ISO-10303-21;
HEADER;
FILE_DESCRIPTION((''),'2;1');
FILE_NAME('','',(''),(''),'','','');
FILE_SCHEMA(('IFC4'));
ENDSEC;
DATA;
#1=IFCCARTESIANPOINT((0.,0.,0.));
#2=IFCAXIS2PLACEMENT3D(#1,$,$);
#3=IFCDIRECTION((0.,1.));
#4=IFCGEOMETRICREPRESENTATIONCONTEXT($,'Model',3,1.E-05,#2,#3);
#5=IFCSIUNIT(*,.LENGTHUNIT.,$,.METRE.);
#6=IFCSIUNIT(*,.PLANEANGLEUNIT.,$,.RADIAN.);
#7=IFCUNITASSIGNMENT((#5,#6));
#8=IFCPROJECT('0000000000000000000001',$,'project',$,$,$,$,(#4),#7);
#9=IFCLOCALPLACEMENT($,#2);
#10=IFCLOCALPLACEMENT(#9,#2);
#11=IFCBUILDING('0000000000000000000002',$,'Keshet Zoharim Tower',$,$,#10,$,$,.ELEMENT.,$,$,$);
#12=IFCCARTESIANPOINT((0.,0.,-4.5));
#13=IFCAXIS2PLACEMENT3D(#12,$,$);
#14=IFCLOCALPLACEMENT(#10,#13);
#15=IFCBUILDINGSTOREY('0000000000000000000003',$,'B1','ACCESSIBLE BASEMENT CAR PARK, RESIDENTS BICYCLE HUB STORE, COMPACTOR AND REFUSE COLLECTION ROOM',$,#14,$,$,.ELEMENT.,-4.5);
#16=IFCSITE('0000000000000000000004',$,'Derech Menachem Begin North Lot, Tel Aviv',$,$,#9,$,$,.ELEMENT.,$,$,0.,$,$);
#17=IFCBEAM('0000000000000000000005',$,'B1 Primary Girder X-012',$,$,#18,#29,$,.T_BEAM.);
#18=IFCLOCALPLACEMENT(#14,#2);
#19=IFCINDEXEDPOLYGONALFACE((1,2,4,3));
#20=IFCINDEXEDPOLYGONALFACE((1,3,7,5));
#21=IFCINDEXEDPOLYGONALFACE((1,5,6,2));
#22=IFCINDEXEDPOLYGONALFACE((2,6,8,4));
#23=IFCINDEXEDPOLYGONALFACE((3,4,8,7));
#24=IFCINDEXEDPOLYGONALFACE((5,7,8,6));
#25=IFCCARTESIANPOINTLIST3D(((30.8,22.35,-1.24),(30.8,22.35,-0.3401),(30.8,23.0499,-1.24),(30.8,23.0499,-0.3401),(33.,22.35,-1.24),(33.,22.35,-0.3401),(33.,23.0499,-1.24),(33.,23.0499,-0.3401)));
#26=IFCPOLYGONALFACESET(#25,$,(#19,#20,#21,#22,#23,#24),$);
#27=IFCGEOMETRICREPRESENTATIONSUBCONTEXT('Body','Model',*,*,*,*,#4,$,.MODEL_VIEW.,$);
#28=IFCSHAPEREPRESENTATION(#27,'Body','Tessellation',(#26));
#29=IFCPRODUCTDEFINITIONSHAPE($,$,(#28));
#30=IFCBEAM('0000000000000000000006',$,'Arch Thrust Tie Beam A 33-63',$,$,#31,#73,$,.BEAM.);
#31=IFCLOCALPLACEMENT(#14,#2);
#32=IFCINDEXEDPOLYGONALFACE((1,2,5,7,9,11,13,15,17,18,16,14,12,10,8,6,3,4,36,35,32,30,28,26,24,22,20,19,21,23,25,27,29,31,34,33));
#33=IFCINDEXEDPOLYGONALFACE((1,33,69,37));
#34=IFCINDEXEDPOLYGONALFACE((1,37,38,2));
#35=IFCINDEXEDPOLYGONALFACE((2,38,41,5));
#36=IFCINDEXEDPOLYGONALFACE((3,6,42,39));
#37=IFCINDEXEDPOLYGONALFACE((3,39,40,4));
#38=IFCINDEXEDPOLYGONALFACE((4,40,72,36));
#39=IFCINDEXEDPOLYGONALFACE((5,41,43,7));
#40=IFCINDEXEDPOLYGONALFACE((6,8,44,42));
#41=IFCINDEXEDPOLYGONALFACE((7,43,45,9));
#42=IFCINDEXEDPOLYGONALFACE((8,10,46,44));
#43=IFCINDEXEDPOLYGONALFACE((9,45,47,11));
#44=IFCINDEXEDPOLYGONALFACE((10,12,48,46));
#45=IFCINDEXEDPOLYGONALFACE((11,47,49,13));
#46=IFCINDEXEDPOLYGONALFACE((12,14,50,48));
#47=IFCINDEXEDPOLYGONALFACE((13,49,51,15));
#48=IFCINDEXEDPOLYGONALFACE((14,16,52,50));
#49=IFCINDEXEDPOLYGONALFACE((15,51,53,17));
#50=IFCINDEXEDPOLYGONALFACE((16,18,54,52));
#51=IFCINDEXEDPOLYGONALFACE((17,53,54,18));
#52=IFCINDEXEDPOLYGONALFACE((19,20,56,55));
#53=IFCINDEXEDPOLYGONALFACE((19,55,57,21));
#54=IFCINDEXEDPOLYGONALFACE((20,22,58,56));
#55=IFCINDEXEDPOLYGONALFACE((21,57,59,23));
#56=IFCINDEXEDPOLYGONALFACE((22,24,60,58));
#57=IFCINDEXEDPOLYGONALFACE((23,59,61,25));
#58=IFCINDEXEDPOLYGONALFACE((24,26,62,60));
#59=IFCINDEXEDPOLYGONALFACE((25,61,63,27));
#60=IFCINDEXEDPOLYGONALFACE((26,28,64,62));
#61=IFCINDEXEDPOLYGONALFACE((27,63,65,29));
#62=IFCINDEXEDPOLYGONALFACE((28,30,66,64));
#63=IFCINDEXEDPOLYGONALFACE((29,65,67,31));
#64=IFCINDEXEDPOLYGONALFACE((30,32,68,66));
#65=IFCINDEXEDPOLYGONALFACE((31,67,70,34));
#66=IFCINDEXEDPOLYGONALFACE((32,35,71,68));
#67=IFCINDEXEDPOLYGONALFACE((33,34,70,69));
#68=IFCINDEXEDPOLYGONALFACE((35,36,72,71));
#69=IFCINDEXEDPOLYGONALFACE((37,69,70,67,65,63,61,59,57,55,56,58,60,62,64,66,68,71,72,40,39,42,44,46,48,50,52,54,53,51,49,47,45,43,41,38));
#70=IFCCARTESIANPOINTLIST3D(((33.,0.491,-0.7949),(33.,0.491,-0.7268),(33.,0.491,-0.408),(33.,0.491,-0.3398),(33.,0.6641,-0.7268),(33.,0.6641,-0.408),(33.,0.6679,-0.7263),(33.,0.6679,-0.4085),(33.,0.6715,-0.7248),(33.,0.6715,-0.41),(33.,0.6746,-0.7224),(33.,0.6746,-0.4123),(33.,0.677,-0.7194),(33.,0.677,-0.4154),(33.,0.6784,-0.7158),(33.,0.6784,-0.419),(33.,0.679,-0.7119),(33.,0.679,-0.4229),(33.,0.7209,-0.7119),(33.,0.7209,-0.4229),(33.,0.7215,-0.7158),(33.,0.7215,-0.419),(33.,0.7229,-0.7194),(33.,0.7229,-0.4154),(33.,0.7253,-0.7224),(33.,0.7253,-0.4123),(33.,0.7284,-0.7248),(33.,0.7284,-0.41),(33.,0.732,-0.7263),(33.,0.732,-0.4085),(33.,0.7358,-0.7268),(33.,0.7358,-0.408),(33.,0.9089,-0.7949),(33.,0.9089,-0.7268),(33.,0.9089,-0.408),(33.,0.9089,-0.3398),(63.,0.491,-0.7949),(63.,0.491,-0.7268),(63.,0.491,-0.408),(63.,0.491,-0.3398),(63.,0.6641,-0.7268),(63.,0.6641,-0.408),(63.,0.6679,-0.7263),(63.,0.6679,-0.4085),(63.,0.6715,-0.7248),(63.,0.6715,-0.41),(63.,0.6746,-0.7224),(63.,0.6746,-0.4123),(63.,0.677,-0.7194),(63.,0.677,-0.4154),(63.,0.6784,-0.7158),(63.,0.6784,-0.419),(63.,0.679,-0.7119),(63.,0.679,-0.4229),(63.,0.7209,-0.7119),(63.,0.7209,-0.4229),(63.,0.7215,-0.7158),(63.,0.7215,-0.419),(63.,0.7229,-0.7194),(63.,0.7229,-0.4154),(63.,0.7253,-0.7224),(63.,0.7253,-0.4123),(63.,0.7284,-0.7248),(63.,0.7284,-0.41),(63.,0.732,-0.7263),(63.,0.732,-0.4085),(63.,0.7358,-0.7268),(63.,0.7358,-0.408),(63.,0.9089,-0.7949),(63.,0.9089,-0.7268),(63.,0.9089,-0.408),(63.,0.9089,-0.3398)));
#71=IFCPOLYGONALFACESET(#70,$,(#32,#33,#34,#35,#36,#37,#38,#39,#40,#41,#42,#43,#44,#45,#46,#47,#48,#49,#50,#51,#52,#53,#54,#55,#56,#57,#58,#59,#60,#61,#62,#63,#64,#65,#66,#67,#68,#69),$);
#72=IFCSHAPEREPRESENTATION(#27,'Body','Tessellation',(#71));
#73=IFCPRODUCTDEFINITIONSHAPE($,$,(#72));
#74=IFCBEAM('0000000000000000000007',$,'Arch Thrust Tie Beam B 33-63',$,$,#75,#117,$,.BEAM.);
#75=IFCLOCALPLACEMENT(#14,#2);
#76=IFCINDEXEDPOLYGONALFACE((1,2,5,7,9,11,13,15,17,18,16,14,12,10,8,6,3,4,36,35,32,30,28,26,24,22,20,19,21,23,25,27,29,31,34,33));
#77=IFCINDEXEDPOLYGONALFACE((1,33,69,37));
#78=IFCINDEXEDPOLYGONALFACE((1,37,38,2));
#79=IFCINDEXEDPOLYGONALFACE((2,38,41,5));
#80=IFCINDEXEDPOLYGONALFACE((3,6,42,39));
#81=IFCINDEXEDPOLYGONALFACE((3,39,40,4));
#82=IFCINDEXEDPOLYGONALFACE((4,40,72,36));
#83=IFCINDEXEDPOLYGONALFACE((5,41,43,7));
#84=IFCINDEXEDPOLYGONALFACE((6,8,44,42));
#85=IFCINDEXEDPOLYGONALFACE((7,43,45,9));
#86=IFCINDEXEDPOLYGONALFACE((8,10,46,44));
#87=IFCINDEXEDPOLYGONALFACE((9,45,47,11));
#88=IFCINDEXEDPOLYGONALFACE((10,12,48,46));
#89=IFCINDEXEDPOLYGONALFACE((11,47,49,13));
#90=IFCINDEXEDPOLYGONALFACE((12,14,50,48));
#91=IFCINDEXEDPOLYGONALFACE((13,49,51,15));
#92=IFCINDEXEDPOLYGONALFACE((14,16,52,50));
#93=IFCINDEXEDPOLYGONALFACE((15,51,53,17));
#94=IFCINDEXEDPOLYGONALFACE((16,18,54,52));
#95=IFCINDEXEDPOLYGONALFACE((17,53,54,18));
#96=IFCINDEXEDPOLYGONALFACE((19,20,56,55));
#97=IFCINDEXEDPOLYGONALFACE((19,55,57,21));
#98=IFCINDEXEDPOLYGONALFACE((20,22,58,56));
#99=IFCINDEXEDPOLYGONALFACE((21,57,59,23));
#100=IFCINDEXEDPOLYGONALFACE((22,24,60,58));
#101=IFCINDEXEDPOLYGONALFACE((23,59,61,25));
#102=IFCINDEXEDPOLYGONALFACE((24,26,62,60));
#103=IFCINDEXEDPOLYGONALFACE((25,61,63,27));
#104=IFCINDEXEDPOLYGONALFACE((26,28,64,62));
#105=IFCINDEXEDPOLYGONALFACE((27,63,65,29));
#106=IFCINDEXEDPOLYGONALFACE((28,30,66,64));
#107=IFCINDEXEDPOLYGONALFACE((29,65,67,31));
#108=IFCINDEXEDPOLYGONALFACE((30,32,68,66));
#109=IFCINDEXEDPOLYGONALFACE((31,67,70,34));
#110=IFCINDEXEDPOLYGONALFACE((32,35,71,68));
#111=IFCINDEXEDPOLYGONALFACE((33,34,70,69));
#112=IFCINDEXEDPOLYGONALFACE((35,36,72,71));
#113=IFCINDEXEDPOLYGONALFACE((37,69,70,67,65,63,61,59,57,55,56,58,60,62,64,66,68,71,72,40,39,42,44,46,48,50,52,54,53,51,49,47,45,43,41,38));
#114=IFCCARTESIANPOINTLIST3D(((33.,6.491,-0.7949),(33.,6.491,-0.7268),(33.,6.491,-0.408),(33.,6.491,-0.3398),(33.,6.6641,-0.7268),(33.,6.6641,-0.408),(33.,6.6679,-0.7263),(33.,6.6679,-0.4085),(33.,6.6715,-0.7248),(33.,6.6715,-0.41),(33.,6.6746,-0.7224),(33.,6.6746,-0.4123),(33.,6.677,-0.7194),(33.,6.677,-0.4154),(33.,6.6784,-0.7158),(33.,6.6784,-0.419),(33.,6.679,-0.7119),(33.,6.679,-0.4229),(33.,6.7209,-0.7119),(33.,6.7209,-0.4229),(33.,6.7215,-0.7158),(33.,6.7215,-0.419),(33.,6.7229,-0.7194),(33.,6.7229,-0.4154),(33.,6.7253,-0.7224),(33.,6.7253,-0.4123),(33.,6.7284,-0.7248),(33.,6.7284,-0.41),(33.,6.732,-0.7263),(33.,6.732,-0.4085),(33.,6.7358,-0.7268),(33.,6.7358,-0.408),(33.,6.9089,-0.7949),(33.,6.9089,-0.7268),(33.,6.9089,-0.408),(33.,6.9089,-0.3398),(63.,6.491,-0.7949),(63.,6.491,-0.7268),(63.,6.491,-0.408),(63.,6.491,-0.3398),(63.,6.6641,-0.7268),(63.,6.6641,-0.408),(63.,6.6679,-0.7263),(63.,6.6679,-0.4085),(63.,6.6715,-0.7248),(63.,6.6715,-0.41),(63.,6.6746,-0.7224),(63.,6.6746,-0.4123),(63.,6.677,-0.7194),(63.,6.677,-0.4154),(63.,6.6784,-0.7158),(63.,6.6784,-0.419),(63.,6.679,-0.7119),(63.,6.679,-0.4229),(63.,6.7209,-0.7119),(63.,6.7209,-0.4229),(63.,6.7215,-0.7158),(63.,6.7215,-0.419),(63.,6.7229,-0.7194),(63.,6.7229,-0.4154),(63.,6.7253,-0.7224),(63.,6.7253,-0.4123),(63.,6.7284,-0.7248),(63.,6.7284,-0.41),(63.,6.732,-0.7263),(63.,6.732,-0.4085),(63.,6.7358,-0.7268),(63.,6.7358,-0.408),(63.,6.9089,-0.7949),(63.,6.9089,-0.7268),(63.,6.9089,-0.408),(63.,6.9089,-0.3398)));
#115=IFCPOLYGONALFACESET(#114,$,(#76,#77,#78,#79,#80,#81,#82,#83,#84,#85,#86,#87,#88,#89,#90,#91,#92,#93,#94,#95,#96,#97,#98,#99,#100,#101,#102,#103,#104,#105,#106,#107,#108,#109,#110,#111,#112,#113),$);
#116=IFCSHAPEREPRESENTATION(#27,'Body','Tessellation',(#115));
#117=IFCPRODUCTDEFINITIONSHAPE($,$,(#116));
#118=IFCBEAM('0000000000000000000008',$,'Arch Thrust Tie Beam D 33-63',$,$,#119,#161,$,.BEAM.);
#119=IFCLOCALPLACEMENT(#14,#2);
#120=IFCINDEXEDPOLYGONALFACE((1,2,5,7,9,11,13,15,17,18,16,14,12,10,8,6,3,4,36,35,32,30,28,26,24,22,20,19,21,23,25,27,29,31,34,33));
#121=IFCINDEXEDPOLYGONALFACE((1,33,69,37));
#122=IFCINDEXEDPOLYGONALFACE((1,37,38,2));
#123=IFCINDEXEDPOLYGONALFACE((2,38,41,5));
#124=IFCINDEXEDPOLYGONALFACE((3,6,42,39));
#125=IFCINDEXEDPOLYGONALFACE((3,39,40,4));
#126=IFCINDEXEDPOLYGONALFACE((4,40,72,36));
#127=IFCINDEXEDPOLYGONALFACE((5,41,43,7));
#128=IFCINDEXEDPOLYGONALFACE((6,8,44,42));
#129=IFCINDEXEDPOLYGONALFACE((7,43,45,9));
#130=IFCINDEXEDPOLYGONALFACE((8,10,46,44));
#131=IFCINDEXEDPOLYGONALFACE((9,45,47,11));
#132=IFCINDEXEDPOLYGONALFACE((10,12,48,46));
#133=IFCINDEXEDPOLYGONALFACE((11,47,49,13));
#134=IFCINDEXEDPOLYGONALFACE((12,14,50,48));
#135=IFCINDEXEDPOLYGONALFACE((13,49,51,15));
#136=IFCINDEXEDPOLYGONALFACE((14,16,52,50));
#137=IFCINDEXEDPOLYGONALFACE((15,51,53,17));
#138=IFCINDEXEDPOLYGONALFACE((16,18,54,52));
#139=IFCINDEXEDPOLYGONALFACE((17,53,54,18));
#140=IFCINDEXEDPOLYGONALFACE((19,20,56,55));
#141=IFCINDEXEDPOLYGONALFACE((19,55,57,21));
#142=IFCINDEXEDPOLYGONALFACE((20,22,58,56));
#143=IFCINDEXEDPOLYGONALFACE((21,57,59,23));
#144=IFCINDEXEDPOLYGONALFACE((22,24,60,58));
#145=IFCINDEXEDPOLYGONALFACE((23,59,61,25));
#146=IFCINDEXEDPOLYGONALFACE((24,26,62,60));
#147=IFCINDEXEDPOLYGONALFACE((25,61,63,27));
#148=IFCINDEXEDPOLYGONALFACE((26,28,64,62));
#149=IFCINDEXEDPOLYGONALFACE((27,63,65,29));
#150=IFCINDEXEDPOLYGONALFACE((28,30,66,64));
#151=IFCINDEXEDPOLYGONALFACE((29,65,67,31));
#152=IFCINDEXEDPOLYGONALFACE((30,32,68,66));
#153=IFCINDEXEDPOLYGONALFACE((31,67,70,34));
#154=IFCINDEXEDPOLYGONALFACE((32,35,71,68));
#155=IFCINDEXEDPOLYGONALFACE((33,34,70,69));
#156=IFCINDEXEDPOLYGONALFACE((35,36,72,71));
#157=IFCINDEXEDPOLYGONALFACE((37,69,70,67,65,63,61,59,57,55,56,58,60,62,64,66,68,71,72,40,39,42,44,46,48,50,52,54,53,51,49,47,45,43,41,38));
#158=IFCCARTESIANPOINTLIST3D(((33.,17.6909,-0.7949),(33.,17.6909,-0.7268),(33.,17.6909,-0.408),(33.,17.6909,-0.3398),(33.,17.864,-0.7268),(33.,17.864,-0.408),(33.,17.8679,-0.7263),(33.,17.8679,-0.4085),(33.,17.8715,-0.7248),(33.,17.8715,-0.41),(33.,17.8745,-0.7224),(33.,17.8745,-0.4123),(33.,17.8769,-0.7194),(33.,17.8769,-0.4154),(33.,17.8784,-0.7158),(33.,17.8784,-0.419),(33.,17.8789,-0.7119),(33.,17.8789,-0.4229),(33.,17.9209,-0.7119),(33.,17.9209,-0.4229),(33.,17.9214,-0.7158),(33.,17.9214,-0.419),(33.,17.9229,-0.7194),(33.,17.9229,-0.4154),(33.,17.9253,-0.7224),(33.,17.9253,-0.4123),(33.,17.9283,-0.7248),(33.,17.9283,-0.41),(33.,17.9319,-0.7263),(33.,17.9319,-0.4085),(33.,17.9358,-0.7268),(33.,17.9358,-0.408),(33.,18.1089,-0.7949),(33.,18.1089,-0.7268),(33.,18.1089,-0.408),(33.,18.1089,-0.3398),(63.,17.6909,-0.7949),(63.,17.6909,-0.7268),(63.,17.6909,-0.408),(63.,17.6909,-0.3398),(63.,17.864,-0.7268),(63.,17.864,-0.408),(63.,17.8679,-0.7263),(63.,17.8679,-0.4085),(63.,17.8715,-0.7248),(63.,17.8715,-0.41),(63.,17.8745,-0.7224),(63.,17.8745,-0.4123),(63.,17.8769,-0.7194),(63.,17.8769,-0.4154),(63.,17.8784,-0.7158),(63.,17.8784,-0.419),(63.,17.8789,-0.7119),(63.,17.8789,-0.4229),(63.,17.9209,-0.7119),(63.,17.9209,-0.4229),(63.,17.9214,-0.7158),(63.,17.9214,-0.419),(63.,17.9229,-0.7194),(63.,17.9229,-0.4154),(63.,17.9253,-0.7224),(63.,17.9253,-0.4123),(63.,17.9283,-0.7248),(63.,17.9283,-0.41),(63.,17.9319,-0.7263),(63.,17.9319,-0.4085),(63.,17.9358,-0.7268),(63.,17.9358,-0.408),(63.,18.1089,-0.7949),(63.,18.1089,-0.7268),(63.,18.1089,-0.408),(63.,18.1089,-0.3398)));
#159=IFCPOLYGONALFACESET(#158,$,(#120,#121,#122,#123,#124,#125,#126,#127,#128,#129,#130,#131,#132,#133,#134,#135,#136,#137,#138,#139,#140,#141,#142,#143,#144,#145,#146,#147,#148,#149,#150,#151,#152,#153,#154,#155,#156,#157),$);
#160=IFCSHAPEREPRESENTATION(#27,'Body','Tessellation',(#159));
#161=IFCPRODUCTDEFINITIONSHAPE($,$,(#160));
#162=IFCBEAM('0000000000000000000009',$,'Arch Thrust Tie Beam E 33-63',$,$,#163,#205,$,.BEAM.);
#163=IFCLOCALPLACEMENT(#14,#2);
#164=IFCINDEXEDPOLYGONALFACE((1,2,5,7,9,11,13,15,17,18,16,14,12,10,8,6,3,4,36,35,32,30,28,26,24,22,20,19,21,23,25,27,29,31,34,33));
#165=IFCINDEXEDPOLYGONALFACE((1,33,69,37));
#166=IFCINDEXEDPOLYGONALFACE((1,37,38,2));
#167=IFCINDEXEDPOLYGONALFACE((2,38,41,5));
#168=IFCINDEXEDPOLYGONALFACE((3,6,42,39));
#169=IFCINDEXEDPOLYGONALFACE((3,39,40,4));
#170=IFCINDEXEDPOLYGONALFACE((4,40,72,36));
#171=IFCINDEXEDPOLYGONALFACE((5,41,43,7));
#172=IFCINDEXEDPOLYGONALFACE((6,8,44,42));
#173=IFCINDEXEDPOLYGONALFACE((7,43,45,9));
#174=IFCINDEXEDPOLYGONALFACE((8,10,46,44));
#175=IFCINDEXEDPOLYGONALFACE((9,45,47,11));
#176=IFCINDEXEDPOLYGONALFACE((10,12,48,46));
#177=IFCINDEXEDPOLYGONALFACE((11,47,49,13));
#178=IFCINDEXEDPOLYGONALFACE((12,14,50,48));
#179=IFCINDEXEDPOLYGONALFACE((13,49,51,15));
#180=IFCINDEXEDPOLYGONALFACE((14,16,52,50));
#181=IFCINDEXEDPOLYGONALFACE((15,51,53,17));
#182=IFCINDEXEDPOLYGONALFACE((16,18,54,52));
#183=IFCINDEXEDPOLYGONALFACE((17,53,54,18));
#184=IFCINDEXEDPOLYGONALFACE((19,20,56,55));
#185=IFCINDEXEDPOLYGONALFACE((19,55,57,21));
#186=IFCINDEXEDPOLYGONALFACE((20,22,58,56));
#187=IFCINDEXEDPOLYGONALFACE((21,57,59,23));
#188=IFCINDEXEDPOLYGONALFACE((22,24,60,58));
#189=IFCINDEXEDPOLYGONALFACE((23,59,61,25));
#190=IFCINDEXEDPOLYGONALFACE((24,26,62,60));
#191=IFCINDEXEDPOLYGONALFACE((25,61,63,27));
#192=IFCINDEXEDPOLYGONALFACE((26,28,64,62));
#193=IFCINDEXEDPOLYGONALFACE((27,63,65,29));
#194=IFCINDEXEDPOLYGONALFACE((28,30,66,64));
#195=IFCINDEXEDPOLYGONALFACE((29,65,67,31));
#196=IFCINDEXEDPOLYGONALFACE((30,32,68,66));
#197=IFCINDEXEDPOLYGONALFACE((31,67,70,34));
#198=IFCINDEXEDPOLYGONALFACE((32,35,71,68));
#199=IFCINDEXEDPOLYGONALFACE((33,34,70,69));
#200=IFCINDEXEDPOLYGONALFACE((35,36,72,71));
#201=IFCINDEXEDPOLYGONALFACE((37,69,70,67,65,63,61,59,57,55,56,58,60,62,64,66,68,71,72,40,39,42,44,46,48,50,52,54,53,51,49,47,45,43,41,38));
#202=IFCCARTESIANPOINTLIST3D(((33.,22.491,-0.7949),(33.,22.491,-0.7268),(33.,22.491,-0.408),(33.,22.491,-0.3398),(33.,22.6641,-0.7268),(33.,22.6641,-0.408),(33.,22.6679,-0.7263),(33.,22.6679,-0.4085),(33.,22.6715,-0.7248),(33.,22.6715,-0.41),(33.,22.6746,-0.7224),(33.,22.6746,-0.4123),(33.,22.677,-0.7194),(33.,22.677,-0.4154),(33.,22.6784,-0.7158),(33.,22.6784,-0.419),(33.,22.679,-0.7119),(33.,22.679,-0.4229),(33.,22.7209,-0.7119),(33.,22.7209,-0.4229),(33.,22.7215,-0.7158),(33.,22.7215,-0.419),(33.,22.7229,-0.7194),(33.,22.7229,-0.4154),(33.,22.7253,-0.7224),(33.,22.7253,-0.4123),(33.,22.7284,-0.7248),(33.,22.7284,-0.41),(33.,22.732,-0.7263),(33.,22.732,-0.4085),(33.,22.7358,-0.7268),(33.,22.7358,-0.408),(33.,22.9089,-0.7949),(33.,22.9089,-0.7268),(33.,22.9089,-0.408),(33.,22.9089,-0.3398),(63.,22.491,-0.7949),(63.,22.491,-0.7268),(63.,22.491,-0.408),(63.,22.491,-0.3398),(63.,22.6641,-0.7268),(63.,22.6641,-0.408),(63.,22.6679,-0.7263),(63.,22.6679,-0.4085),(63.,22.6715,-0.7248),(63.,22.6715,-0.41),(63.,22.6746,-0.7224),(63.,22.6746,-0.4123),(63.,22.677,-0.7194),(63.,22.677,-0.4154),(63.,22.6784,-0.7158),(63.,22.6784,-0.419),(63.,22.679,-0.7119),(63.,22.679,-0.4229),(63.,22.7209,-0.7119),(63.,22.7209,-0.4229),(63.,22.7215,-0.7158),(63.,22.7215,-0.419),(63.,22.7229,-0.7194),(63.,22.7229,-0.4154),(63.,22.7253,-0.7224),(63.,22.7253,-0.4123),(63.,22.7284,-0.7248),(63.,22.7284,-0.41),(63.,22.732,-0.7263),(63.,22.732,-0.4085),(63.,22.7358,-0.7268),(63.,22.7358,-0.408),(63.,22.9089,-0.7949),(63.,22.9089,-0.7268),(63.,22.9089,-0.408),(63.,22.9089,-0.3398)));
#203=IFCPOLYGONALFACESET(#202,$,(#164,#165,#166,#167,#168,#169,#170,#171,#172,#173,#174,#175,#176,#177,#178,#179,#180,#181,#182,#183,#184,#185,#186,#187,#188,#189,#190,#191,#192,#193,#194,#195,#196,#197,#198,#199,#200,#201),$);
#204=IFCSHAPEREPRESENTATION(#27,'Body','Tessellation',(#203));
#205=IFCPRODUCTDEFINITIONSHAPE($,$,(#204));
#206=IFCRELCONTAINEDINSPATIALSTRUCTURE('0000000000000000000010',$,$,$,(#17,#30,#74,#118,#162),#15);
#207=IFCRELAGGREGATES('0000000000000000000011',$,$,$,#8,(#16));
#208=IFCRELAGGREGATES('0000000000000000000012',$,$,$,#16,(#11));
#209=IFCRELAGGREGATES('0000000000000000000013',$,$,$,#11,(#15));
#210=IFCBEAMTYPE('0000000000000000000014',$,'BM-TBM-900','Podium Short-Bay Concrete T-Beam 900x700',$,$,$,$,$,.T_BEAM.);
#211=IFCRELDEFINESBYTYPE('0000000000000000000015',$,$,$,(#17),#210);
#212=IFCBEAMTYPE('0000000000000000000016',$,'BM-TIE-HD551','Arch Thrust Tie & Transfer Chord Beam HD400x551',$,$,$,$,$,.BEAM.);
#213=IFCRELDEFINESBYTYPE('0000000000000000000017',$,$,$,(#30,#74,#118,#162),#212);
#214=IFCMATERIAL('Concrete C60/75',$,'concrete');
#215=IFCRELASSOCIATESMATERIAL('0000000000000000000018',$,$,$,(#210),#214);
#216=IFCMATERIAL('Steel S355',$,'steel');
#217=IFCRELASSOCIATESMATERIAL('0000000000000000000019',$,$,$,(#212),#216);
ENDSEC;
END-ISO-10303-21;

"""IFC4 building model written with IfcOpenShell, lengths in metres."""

from ifc_helpers import new_model, si_unit, direction, frame, origin, origin_2d, place, context, subcontext, project, spatial, rectangle, i_section, extrude, material, material_profile, profile_set, type_object, element, save


model = new_model("IFC4")

# Units and contexts
model_context = context("Model", 3, precision=1e-05, world=origin(), true_north=direction((0.0, 1.0)))
body_context = subcontext(model_context, "Body", "Model", "MODEL_VIEW")
ifc_project = project(units=[si_unit("LENGTHUNIT", "METRE"), si_unit("PLANEANGLEUNIT", "RADIAN")], contexts=[model_context])

# Site, building, storey
site_placement = place(None, origin())
site = spatial("IfcSite", under=ifc_project, at=site_placement, Name="Derech Menachem Begin North Lot, Tel Aviv", CompositionType="ELEMENT", RefElevation=0.0)
building_placement = place(site_placement, origin())
building = spatial("IfcBuilding", under=site, at=building_placement, Name="Keshet Zoharim Tower", CompositionType="ELEMENT")
storey_placement = place(building_placement, frame((0.0, 0.0, -4.5)))
storey = spatial("IfcBuildingStorey", under=building, at=storey_placement, Name="B1", Description="ACCESSIBLE BASEMENT CAR PARK, RESIDENTS BICYCLE HUB STORE, COMPACTOR AND REFUSE COLLECTION ROOM", CompositionType="ELEMENT", Elevation=-4.5)

# Shared definitions
ifc_material_1 = material(Name="Concrete C60/75", Category="concrete")

# Beams
ifc_material_2 = material(Name="Steel S355", Category="steel")
ifc_material_profile_1 = material_profile(ifc_material_1, rectangle(XDim=0.7, YDim=0.8999, at=origin_2d()), Name="RC900x700")
ifc_profile_set_1 = profile_set([ifc_material_profile_1], Name="Concrete C60/75")
beam_type_1 = type_object("IfcBeamType", Name="BM-TBM-900", Description="Podium Short-Bay Concrete T-Beam 900x700", PredefinedType="T_BEAM", material=ifc_profile_set_1)
beam_1_placement = place(storey_placement, frame((30.8, 22.7, -0.79), z_axis=(1.0, 0.0, 0.0), x_axis=(0.0, 1.0, 0.0)))
element("IfcBeam", 1, at=beam_1_placement, inside=storey, type_object=beam_type_1, Name="B1 Primary Girder X-012", PredefinedType="T_BEAM", context=body_context, shape_type="SweptSolid", body=[
    extrude(rectangle(XDim=0.7, YDim=0.8999, at=origin_2d()), origin(), (0.0, 0.0, 1.0), 2.2),
])
ifc_material_profile_2 = material_profile(ifc_material_2, i_section(OverallWidth=0.418, OverallDepth=0.4551, WebThickness=0.042, FlangeThickness=0.0681, FilletRadius=0.0149, at=origin_2d()), Name="HD400x551")
ifc_profile_set_2 = profile_set([ifc_material_profile_2], Name="Steel S355")
beam_type_2 = type_object("IfcBeamType", Name="BM-TIE-HD551", Description="Arch Thrust Tie & Transfer Chord Beam HD400x551", PredefinedType="BEAM", material=ifc_profile_set_2)
for number, where, z_axis, x_axis, name in (
    (2, (33.0, 0.7, -0.5674), (1.0, 0.0, 0.0), (0.0, 1.0, 0.0), "Arch Thrust Tie Beam A 33-63"),
    (3, (33.0, 6.7, -0.5674), (1.0, 0.0, 0.0), (0.0, 1.0, 0.0), "Arch Thrust Tie Beam B 33-63"),
    (4, (33.0, 17.8999, -0.5674), (1.0, 0.0, 0.0), (0.0, 1.0, 0.0), "Arch Thrust Tie Beam D 33-63"),
    (5, (33.0, 22.7, -0.5674), (1.0, 0.0, 0.0), (0.0, 1.0, 0.0), "Arch Thrust Tie Beam E 33-63"),
):
    element("IfcBeam", number, at=place(storey_placement, frame(where, z_axis=z_axis, x_axis=x_axis)), inside=storey, type_object=beam_type_2, Name=name, PredefinedType="BEAM", context=body_context, shape_type="SweptSolid", body=[
        extrude(i_section(OverallWidth=0.418, OverallDepth=0.4551, WebThickness=0.042, FlangeThickness=0.0681, FilletRadius=0.0149, at=origin_2d()), origin(), (0.0, 0.0, 1.0), 30.0),
    ])

save(model, "model.ifc")
